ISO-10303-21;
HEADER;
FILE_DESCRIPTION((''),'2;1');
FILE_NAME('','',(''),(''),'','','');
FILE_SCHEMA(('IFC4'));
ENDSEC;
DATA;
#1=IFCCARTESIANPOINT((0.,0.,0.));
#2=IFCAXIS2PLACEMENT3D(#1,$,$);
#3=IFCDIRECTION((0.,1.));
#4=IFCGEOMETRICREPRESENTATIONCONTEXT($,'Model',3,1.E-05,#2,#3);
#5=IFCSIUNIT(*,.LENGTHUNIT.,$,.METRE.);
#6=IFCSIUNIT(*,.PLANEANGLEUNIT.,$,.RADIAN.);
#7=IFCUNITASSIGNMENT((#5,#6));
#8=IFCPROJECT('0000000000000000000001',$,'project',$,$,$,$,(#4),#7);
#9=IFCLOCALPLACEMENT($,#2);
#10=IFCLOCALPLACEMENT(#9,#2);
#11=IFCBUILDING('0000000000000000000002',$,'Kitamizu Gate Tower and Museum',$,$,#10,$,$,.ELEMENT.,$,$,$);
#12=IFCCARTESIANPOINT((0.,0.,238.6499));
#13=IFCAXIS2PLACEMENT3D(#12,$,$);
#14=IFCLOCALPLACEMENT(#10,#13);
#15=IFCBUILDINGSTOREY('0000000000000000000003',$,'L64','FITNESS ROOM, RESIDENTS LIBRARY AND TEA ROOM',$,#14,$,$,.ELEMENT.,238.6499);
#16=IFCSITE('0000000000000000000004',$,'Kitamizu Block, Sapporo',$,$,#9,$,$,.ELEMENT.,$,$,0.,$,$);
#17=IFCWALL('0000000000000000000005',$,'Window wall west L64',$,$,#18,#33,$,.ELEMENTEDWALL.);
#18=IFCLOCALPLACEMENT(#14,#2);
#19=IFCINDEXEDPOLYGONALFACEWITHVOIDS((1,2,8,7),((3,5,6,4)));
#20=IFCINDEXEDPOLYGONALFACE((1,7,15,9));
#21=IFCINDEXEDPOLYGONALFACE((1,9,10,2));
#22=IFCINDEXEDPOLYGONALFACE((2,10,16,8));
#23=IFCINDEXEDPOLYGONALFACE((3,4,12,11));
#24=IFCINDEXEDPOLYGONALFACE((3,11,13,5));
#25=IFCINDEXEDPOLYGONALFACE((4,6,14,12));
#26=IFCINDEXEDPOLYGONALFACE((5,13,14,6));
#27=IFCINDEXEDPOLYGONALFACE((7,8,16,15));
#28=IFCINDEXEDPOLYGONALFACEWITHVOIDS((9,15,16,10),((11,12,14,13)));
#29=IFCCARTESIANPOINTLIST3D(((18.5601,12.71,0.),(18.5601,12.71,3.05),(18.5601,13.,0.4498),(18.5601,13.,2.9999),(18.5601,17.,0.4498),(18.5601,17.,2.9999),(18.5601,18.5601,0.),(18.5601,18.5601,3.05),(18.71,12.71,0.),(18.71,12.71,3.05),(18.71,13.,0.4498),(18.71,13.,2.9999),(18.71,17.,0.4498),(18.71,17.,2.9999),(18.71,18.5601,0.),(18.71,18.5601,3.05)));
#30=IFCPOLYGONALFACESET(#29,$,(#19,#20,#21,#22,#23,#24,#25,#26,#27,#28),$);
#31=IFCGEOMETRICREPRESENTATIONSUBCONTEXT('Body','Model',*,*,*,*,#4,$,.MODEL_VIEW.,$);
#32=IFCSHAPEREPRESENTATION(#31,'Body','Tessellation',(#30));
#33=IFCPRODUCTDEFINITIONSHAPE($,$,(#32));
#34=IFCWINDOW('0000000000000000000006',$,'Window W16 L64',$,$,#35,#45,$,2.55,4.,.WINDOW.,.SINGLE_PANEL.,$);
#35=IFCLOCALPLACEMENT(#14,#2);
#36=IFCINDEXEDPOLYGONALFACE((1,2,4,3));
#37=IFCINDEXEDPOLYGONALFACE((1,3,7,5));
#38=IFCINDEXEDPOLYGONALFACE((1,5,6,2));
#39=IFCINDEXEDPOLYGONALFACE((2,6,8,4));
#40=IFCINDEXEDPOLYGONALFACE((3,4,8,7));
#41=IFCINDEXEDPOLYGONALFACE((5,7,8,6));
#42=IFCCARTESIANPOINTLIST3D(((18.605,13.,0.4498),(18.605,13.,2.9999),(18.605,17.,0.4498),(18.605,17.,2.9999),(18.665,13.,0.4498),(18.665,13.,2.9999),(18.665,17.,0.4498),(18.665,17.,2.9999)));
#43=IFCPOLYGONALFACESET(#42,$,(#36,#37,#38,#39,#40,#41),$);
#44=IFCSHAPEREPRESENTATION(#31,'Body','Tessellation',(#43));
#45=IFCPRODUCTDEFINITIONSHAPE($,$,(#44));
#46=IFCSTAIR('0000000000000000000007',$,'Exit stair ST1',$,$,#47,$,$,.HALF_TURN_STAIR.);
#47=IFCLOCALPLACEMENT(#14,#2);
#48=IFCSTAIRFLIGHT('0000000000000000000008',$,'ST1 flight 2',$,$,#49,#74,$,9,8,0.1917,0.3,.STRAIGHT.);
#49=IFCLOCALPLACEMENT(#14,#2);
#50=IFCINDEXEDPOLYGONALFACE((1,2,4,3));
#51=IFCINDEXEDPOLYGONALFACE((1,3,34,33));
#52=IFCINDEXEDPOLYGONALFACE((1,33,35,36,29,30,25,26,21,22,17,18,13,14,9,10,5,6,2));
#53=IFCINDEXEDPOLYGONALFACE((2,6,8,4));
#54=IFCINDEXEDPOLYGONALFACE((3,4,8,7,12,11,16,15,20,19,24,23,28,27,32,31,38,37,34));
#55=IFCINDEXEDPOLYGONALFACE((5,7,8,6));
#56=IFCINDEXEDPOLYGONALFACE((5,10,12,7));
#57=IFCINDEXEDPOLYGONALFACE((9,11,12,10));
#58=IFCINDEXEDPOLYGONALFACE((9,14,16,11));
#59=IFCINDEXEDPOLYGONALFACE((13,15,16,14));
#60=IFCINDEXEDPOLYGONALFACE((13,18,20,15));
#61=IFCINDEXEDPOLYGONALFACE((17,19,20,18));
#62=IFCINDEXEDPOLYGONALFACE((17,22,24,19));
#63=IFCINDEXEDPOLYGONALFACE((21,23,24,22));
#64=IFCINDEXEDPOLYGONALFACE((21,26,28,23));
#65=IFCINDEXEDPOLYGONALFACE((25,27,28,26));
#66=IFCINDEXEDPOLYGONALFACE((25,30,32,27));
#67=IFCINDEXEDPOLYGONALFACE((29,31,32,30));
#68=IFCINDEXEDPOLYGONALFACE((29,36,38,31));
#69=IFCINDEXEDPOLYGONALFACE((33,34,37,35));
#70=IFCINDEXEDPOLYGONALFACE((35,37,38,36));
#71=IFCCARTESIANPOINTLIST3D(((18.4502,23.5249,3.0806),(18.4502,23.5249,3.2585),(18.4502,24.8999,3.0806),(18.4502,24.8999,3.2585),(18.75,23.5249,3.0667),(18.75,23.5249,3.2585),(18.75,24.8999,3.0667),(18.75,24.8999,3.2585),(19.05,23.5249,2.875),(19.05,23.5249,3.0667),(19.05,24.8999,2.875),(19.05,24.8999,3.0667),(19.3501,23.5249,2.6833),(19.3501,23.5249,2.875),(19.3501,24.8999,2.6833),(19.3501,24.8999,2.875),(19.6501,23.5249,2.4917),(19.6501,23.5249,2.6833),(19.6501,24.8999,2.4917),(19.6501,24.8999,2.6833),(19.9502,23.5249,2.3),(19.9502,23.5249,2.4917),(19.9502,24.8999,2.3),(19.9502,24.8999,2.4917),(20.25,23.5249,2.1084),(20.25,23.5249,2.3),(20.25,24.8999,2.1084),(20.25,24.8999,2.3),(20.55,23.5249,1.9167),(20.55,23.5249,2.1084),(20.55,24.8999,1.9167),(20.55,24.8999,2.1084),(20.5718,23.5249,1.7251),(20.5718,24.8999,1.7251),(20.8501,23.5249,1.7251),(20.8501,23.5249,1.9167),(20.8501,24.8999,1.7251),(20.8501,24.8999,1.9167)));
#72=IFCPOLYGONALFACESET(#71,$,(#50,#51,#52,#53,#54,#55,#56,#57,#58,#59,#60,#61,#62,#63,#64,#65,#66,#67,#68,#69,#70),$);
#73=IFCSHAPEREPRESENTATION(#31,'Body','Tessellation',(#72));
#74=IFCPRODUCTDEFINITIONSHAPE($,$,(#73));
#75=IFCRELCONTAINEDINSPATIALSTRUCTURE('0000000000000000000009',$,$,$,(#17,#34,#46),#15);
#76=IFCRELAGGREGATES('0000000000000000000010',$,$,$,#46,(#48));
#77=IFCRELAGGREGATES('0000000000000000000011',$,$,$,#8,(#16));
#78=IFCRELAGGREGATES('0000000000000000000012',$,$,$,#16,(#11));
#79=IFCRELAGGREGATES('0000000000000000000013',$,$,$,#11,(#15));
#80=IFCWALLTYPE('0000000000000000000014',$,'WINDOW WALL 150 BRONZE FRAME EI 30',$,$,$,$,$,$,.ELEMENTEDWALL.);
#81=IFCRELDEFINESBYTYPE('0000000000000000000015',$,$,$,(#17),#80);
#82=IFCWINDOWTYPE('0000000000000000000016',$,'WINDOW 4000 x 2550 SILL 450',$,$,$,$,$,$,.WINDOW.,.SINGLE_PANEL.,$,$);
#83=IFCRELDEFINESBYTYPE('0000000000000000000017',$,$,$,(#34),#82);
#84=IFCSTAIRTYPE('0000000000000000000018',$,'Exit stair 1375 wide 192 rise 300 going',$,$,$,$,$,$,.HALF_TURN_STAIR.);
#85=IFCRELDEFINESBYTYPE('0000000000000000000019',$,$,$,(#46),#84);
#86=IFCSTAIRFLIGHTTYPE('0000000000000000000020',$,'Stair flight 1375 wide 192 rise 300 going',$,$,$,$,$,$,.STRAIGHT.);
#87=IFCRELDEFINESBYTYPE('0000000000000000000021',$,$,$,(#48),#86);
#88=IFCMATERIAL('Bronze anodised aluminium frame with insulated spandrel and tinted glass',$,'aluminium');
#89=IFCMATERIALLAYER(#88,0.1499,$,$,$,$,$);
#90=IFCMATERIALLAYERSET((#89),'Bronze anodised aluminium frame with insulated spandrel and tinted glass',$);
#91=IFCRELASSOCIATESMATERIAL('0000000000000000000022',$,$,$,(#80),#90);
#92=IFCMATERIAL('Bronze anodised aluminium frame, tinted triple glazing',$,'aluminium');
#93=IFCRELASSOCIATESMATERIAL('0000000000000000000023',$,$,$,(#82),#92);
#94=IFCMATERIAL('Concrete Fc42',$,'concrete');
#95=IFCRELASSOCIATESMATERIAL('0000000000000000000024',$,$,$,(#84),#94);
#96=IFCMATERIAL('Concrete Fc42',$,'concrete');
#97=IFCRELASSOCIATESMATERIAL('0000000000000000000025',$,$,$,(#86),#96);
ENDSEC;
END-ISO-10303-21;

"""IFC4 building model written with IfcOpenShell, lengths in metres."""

from ifc_helpers import new_model, si_unit, direction, frame, frame_2d, origin, place, context, subcontext, project, spatial, polyline, rectangle, outline, extrude, material, layer, layer_set, type_object, element, fill, aggregate, save


model = new_model("IFC4")

# Units and contexts
model_context = context("Model", 3, precision=1e-05, world=origin(), true_north=direction((0.0, 1.0)))
body_context = subcontext(model_context, "Body", "Model", "MODEL_VIEW")
ifc_project = project(units=[si_unit("LENGTHUNIT", "METRE"), si_unit("PLANEANGLEUNIT", "RADIAN")], contexts=[model_context])

# Site, building, storey
site_placement = place(None, origin())
site = spatial("IfcSite", under=ifc_project, at=site_placement, Name="Kitamizu Block, Sapporo", CompositionType="ELEMENT", RefElevation=0.0)
building_placement = place(site_placement, origin())
building = spatial("IfcBuilding", under=site, at=building_placement, Name="Kitamizu Gate Tower and Museum", CompositionType="ELEMENT")
storey_placement = place(building_placement, frame((0.0, 0.0, 238.6499)))
storey = spatial("IfcBuildingStorey", under=building, at=storey_placement, Name="L64", Description="FITNESS ROOM, RESIDENTS LIBRARY AND TEA ROOM", CompositionType="ELEMENT", Elevation=238.6499)

# Shared definitions
ifc_material_1 = material(Name="Bronze anodised aluminium frame with insulated spandrel and tinted glass", Category="aluminium")
ifc_layer_1 = layer(ifc_material_1, 0.1499)
ifc_layer_set_1 = layer_set([ifc_layer_1], Name="Bronze anodised aluminium frame with insulated spandrel and tinted glass")
wall_type_1 = type_object("IfcWallType", Name="WINDOW WALL 150 BRONZE FRAME EI 30", PredefinedType="ELEMENTEDWALL", material=ifc_layer_set_1)

# Wall, opening, window
wall_1_placement = place(storey_placement, frame((18.635, 12.71, 0.0), z_axis=(0.0, 0.0, 1.0), x_axis=(0.0, 1.0, 0.0)))
wall_1 = element("IfcWall", 1, at=wall_1_placement, inside=storey, type_object=wall_type_1, Name="Window wall west L64", PredefinedType="ELEMENTEDWALL", context=body_context, shape_type="SweptSolid", body=[
    extrude(rectangle(XDim=5.8501, YDim=0.1499, at=frame_2d((2.925, 0.0))), origin(), (0.0, 0.0, 1.0), 3.05),
])
opening_1_placement = place(wall_1_placement, frame((0.29, 0.0, 0.45)))
opening_1 = element("IfcOpeningElement", 2, at=opening_1_placement, cuts=wall_1, PredefinedType="OPENING", context=body_context, shape_type="SweptSolid", body=[
    extrude(rectangle(XDim=4.0, YDim=2.55, at=frame_2d((2.0, 1.2749))), frame((0.0, 0.085, 0.0), z_axis=(0.0, -1.0, 0.0), x_axis=(1.0, 0.0, 0.0)), (0.0, 0.0, 1.0), 0.1699),
])
ifc_material_2 = material(Name="Bronze anodised aluminium frame, tinted triple glazing", Category="aluminium")
window_type_1 = type_object("IfcWindowType", Name="WINDOW 4000 x 2550 SILL 450", PartitioningType="SINGLE_PANEL", PredefinedType="WINDOW", material=ifc_material_2)
window_1_placement = place(opening_1_placement, origin())
window_1 = element("IfcWindow", 3, at=window_1_placement, inside=storey, type_object=window_type_1, Name="Window W16 L64", OverallHeight=2.55, OverallWidth=4.0, PartitioningType="SINGLE_PANEL", PredefinedType="WINDOW", context=body_context, shape_type="SweptSolid", body=[
    extrude(rectangle(XDim=4.0, YDim=2.55, at=frame_2d((2.0, 1.2749))), frame((0.0, 0.03, 0.0), z_axis=(0.0, -1.0, 0.0), x_axis=(1.0, 0.0, 0.0)), (0.0, 0.0, 1.0), 0.0601),
])
fill(opening_1, window_1)

# Stair, stair flight
ifc_material_3 = material(Name="Concrete Fc42", Category="concrete")
stair_type = type_object("IfcStairType", Name="Exit stair 1375 wide 192 rise 300 going", PredefinedType="HALF_TURN_STAIR", material=ifc_material_3)
stair_placement = place(storey_placement, origin())
stair = element("IfcStair", 4, at=stair_placement, inside=storey, type_object=stair_type, Name="Exit stair ST1", PredefinedType="HALF_TURN_STAIR")
ifc_material_4 = material(Name="Concrete Fc42", Category="concrete")
stair_flight_type = type_object("IfcStairFlightType", Name="Stair flight 1375 wide 192 rise 300 going", PredefinedType="STRAIGHT", material=ifc_material_4)
stair_flight_placement = place(storey_placement, frame((20.8501, 24.2124, 1.7251), z_axis=(0.0, 0.0, 1.0), x_axis=(-1.0, 0.0, 0.0)))
stair_flight = element("IfcStairFlight", 5, at=stair_flight_placement, type_object=stair_flight_type, Name="ST1 flight 2", NumberOfRisers=9, NumberOfTreads=8, PredefinedType="STRAIGHT", RiserHeight=0.1917, TreadLength=0.3, context=body_context, shape_type="SweptSolid", body=[
    extrude(outline(polyline([(0.0, 0.0), (0.0, 0.1917), (0.3, 0.1917), (0.3, 0.3833), (0.6001, 0.3833), (0.6001, 0.575), (0.8999, 0.575), (0.8999, 0.7666), (1.2, 0.7666), (1.2, 0.9583), (1.5, 0.9583), (1.5, 1.1499), (1.8, 1.1499), (1.8, 1.3416), (2.1001, 1.3416), (2.1001, 1.5334), (2.3999, 1.5334), (2.3999, 1.7251), (2.3999, 1.3555), (0.2783, 0.0), (0.0, 0.0)])), frame((0.0, 0.6875, 0.0), z_axis=(0.0, -1.0, 0.0), x_axis=(1.0, 0.0, 0.0)), (0.0, 0.0, 1.0), 1.375),
])
aggregate(stair, [stair_flight])

save(model, "model.ifc")
